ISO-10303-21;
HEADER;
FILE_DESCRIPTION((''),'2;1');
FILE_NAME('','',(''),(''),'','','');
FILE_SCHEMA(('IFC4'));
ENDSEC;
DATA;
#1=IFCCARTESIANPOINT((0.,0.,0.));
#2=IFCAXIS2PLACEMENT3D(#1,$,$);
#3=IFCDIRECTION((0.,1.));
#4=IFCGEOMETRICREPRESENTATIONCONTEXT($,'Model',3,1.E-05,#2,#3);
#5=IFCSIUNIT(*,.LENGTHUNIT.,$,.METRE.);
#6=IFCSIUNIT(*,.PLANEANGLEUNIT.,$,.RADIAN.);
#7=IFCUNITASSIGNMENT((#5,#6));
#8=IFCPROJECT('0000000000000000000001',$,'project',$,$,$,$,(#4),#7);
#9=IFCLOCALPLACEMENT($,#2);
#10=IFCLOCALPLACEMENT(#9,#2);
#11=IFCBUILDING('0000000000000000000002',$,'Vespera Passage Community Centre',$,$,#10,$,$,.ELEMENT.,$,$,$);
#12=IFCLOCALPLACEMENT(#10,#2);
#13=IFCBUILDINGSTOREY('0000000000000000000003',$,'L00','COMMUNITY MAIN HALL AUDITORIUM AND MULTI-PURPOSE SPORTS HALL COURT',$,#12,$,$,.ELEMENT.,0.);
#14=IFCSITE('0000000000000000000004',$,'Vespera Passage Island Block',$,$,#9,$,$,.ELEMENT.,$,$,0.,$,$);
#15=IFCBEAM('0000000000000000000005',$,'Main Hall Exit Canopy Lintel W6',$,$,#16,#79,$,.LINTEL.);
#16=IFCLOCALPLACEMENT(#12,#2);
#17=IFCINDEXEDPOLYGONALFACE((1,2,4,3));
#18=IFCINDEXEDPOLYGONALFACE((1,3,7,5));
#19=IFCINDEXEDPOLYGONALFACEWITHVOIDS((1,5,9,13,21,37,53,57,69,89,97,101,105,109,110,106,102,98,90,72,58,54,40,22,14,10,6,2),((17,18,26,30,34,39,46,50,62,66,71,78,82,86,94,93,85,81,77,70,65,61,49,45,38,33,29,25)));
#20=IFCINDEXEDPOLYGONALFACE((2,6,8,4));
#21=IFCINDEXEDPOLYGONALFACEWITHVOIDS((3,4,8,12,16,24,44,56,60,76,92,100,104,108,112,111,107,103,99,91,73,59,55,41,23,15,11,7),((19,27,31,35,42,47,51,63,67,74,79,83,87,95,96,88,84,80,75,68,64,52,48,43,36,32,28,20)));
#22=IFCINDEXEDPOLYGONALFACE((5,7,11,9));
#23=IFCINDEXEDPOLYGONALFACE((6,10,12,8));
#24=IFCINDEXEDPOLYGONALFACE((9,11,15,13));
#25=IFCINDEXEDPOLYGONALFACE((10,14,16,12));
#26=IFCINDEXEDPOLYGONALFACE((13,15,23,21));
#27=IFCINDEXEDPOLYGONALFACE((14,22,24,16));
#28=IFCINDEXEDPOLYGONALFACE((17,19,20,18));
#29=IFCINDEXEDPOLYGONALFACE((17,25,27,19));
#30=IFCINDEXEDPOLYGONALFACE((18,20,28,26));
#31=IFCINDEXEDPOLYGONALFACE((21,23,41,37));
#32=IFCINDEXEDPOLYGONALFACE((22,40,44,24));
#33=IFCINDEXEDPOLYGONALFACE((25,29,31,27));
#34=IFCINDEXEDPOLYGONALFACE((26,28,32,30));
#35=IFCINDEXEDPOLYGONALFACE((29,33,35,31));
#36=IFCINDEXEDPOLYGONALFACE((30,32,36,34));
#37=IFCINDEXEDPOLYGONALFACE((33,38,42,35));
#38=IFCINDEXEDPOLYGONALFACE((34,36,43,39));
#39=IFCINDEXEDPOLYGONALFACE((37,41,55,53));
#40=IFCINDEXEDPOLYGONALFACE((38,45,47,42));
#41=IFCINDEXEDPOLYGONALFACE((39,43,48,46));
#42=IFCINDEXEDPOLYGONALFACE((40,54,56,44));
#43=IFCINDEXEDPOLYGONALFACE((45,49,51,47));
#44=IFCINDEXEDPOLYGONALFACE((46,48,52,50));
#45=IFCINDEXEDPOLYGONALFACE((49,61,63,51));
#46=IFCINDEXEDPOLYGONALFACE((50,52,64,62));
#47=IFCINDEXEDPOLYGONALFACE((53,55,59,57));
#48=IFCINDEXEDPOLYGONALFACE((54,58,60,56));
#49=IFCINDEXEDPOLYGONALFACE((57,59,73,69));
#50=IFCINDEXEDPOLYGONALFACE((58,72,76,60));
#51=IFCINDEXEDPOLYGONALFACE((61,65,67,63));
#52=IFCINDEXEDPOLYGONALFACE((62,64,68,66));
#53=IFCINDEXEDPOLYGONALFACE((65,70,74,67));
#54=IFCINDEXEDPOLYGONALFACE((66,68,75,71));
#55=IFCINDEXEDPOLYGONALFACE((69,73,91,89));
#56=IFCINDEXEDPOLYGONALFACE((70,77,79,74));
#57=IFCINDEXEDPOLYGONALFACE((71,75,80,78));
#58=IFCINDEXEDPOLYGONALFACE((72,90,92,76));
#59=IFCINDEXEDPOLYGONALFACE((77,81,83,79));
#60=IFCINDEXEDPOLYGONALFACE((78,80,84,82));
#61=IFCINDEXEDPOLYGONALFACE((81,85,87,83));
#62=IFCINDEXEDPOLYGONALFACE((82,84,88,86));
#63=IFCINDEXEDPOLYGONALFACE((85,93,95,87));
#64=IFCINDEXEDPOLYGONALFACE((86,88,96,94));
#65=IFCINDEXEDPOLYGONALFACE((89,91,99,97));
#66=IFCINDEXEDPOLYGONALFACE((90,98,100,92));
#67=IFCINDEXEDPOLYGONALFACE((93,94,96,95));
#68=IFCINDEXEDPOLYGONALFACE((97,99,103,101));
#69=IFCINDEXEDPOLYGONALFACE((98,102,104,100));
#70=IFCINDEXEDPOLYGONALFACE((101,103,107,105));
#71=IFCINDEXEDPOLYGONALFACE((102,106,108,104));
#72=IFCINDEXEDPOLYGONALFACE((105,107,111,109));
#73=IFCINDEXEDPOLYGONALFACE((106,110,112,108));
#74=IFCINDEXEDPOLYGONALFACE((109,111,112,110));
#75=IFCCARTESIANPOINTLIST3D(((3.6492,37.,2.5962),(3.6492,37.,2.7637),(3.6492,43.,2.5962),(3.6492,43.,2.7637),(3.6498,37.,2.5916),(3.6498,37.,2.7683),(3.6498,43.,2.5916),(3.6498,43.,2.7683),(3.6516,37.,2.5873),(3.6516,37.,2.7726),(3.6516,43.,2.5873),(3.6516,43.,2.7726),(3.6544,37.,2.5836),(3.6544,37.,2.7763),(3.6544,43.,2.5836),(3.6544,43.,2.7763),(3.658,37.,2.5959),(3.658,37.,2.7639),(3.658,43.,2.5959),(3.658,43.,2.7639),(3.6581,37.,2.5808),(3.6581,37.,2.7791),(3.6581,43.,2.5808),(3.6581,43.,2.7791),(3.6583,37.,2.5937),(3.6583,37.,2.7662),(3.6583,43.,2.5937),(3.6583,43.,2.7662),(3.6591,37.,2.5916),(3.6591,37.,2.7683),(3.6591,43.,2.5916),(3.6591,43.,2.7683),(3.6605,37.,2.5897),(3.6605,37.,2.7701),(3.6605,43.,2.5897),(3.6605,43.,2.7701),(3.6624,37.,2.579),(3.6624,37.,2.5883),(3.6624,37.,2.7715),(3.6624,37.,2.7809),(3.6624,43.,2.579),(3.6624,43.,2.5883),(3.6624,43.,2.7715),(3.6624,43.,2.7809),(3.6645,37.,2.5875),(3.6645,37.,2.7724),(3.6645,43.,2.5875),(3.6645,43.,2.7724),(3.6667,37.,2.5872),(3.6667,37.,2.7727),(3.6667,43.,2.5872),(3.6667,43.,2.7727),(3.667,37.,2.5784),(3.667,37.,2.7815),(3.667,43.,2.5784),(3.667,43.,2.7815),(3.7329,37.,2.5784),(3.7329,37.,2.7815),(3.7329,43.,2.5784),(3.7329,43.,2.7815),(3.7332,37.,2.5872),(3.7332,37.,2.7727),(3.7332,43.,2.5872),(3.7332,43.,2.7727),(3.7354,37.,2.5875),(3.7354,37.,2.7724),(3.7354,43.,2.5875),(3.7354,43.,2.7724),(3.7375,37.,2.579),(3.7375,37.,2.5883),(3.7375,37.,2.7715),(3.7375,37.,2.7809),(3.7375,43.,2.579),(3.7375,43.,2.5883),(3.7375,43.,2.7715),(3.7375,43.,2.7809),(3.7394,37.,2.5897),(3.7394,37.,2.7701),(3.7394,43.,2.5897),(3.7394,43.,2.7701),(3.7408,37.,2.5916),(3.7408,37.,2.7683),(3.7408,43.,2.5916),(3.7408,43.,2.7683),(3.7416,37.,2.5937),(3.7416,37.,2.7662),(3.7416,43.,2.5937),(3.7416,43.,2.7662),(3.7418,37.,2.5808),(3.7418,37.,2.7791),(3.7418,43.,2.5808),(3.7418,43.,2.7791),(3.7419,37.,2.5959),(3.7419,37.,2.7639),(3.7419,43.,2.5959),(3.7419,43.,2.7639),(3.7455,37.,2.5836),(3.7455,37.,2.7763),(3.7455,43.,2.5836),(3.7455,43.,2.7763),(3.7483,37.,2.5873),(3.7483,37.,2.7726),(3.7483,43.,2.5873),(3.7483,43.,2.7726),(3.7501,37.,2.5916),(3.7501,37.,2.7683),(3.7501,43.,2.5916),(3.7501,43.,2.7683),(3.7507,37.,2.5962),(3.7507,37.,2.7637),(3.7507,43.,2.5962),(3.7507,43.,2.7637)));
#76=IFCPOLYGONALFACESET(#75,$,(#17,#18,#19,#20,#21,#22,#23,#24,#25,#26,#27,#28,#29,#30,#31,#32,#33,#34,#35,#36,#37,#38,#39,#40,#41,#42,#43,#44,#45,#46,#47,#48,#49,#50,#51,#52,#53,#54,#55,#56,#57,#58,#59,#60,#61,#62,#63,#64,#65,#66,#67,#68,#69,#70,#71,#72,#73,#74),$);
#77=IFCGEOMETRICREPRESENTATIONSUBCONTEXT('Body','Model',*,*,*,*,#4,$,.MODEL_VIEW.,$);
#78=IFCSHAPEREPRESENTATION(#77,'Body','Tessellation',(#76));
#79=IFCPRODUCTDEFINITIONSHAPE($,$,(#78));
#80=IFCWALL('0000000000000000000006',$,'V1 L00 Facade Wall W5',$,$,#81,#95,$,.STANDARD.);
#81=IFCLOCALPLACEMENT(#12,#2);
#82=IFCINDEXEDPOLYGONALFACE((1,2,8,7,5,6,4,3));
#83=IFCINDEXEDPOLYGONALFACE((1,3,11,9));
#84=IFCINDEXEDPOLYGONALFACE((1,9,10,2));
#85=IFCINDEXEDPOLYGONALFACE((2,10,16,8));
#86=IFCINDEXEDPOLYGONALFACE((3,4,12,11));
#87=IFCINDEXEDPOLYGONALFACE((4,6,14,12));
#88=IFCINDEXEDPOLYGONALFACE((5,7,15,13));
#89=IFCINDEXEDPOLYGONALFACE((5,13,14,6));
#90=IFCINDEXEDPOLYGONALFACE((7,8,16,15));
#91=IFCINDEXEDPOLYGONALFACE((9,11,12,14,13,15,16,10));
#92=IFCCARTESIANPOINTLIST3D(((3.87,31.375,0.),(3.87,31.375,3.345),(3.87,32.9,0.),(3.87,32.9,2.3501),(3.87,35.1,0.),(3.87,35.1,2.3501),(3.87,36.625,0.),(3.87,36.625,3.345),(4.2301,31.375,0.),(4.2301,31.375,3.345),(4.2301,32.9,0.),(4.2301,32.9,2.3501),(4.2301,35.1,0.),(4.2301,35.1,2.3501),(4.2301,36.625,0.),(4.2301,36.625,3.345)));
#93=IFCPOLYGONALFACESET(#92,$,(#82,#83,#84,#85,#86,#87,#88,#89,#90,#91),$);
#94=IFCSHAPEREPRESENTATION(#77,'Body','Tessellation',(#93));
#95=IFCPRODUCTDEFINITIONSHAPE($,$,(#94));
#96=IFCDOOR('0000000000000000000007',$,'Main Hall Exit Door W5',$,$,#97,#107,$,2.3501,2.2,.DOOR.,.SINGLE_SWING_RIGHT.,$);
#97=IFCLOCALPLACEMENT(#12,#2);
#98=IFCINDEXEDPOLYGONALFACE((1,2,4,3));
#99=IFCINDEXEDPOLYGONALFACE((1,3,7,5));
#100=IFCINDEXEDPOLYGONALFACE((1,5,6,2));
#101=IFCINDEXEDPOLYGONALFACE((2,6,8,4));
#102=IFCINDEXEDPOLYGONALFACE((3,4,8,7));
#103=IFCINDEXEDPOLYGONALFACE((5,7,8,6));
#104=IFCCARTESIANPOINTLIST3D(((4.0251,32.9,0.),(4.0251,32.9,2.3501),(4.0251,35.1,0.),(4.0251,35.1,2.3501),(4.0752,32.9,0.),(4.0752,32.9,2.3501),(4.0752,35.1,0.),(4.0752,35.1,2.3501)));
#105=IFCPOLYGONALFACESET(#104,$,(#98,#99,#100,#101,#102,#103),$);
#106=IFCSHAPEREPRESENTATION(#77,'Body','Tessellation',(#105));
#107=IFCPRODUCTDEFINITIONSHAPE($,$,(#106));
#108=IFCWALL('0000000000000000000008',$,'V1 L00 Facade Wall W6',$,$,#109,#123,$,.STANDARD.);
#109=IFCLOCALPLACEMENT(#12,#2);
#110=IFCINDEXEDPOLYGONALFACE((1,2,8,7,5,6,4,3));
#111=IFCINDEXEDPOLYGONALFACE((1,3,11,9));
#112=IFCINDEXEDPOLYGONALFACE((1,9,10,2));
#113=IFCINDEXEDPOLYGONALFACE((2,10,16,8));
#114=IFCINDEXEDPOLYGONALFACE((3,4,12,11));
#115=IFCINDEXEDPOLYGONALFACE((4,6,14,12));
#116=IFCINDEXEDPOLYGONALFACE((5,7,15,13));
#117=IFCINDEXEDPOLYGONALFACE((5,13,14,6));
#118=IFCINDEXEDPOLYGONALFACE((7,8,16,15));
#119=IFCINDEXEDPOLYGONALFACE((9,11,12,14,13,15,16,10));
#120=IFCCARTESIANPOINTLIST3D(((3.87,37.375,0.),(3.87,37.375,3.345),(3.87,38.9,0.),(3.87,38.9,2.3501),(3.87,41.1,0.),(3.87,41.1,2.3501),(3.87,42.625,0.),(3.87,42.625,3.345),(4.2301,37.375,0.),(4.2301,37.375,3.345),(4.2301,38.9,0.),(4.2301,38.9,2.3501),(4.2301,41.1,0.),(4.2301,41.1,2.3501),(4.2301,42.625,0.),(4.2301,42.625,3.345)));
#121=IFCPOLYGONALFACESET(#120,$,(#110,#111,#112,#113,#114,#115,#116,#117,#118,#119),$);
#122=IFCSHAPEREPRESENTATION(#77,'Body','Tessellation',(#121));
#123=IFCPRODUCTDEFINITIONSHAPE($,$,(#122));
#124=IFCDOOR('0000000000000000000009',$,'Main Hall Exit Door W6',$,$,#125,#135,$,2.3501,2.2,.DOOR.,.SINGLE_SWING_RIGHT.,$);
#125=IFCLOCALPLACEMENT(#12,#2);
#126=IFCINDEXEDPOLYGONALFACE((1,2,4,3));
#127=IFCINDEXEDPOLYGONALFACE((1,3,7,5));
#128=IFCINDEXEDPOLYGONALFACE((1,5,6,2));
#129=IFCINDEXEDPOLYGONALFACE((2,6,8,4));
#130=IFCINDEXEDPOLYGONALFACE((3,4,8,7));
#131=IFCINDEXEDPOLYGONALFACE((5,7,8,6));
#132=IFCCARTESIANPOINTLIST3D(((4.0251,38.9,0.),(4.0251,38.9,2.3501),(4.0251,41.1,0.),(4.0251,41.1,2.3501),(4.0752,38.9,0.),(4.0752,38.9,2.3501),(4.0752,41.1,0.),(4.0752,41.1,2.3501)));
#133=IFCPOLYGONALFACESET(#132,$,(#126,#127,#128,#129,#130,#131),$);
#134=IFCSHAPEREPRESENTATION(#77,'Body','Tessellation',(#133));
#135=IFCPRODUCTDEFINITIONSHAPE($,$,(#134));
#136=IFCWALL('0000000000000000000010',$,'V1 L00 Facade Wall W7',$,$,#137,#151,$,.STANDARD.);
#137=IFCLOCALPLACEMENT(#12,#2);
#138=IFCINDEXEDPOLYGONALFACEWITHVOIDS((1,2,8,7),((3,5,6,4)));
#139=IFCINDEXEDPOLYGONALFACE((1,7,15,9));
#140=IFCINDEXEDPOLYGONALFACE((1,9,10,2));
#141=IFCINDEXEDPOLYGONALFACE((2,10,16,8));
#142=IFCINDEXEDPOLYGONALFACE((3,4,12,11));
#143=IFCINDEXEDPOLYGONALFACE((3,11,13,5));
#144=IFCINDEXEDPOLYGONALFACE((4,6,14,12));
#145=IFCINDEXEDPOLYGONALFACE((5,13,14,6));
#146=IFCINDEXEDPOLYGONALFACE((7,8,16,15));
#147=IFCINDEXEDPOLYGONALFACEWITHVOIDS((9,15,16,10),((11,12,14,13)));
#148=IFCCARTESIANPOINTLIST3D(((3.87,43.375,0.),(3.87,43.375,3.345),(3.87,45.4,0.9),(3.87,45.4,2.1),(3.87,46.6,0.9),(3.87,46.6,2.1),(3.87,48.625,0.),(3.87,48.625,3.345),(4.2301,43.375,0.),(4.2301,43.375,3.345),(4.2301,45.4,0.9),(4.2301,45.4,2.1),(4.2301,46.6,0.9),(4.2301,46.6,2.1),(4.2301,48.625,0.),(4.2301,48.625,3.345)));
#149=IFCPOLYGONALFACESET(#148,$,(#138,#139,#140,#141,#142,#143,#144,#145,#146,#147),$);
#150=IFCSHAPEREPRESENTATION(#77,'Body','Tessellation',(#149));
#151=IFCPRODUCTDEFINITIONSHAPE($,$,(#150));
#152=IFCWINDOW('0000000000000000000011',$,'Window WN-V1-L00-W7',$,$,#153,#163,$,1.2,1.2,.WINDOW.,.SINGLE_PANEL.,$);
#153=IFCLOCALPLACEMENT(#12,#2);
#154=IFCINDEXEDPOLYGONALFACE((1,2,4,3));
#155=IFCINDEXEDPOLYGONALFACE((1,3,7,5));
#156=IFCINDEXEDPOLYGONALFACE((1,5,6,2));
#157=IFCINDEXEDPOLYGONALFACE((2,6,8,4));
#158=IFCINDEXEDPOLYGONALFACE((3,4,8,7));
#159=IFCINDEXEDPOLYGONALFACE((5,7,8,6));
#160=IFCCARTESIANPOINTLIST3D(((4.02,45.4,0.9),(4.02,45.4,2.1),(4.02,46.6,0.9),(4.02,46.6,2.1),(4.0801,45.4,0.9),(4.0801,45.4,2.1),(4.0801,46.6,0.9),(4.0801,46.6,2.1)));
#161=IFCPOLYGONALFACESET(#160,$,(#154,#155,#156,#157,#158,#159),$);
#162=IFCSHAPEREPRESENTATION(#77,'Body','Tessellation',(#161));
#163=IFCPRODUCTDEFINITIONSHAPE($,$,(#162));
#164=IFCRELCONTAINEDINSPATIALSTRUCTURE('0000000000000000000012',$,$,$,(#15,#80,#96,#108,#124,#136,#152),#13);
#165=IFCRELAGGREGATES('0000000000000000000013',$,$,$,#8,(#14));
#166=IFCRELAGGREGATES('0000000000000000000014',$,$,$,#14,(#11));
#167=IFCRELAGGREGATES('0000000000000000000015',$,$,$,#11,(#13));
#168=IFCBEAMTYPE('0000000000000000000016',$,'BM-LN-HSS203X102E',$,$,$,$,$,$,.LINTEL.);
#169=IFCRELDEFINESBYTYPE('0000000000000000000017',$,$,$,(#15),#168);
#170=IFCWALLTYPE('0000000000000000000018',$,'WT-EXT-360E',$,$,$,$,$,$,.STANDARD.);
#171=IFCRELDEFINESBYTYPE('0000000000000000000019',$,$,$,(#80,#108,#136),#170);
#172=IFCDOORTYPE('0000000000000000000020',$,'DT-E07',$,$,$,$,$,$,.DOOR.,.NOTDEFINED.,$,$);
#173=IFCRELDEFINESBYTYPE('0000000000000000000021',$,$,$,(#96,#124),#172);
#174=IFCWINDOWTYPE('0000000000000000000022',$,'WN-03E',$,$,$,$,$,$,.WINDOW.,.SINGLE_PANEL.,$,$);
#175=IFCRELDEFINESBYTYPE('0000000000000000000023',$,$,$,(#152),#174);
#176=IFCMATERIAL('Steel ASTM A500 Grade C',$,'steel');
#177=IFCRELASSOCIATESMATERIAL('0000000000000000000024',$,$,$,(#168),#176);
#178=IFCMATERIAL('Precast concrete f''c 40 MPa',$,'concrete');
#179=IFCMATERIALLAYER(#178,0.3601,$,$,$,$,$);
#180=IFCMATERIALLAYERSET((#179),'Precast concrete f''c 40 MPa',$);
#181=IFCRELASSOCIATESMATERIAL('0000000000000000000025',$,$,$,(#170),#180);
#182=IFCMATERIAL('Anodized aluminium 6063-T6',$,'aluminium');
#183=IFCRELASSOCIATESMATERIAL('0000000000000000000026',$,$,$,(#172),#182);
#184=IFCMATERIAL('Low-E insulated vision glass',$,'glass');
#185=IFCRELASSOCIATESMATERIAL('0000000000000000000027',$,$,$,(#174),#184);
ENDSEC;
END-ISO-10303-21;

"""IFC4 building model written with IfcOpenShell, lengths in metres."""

from ifc_helpers import new_model, si_unit, direction, frame, frame_2d, origin, origin_2d, place, context, subcontext, project, spatial, rectangle, hollow_rectangle, extrude, material, layer, layer_set, material_profile, profile_set, type_object, element, fill, save


model = new_model("IFC4")

# Units and contexts
model_context = context("Model", 3, precision=1e-05, world=origin(), true_north=direction((0.0, 1.0)))
body_context = subcontext(model_context, "Body", "Model", "MODEL_VIEW")
ifc_project = project(units=[si_unit("LENGTHUNIT", "METRE"), si_unit("PLANEANGLEUNIT", "RADIAN")], contexts=[model_context])

# Site, building, storey
site_placement = place(None, origin())
site = spatial("IfcSite", under=ifc_project, at=site_placement, Name="Vespera Passage Island Block", CompositionType="ELEMENT", RefElevation=0.0)
building_placement = place(site_placement, origin())
building = spatial("IfcBuilding", under=site, at=building_placement, Name="Vespera Passage Community Centre", CompositionType="ELEMENT")
storey_placement = place(building_placement, origin())
storey = spatial("IfcBuildingStorey", under=building, at=storey_placement, Name="L00", Description="COMMUNITY MAIN HALL AUDITORIUM AND MULTI-PURPOSE SPORTS HALL COURT", CompositionType="ELEMENT", Elevation=0.0)

# Beam
ifc_material_1 = material(Name="Steel ASTM A500 Grade C", Category="steel")
ifc_material_profile_1 = material_profile(ifc_material_1, hollow_rectangle(XDim=0.1016, YDim=0.2031, WallThickness=0.0088, InnerFilletRadius=0.0088, OuterFilletRadius=0.0178, at=origin_2d()), Name="HSS203X102X9.5")
ifc_profile_set_1 = profile_set([ifc_material_profile_1], Name="Steel ASTM A500 Grade C")
beam_type_1 = type_object("IfcBeamType", Name="BM-LN-HSS203X102E", PredefinedType="LINTEL", material=ifc_profile_set_1)
beam_1_placement = place(storey_placement, frame((3.7, 37.0, 2.6799), z_axis=(0.0, 1.0, 0.0), x_axis=(-1.0, 0.0, 0.0)))
element("IfcBeam", 1, at=beam_1_placement, inside=storey, type_object=beam_type_1, Name="Main Hall Exit Canopy Lintel W6", PredefinedType="LINTEL", context=body_context, shape_type="SweptSolid", body=[
    extrude(hollow_rectangle(XDim=0.1016, YDim=0.2031, WallThickness=0.0088, InnerFilletRadius=0.0088, OuterFilletRadius=0.0178, at=origin_2d()), origin(), (0.0, 0.0, 1.0), 6.0),
])

# Walls, openings, doors
ifc_material_2 = material(Name="Precast concrete f'c 40 MPa", Category="concrete")
ifc_layer_1 = layer(ifc_material_2, 0.3601)
ifc_layer_set_1 = layer_set([ifc_layer_1], Name="Precast concrete f'c 40 MPa")
wall_type_1 = type_object("IfcWallType", Name="WT-EXT-360E", PredefinedType="STANDARD", material=ifc_layer_set_1)
wall_1_placement = place(storey_placement, frame((4.05, 31.375, 0.0), z_axis=(0.0, 0.0, 1.0), x_axis=(0.0, 1.0, 0.0)))
wall_1 = element("IfcWall", 2, at=wall_1_placement, inside=storey, type_object=wall_type_1, Name="V1 L00 Facade Wall W5", PredefinedType="STANDARD", context=body_context, shape_type="SweptSolid", body=[
    extrude(rectangle(XDim=5.25, YDim=0.3601, at=frame_2d((2.625, 0.0))), origin(), (0.0, 0.0, 1.0), 3.345),
])
opening_1_placement = place(wall_1_placement, frame((1.5249, 0.0, 0.0)))
opening_1 = element("IfcOpeningElement", 3, at=opening_1_placement, cuts=wall_1, PredefinedType="OPENING", context=body_context, shape_type="SweptSolid", body=[
    extrude(rectangle(XDim=2.2, YDim=2.3501, at=frame_2d((1.1001, 1.175))), frame((0.0, 0.1902, 0.0), z_axis=(0.0, -1.0, 0.0), x_axis=(1.0, 0.0, 0.0)), (0.0, 0.0, 1.0), 0.3801),
])
ifc_material_3 = material(Name="Anodized aluminium 6063-T6", Category="aluminium")
door_type_1 = type_object("IfcDoorType", Name="DT-E07", OperationType="NOTDEFINED", PredefinedType="DOOR", material=ifc_material_3)
door_1_placement = place(opening_1_placement, origin())
door_1 = element("IfcDoor", 4, at=door_1_placement, inside=storey, type_object=door_type_1, Name="Main Hall Exit Door W5", OperationType="SINGLE_SWING_RIGHT", OverallHeight=2.3501, OverallWidth=2.2, PredefinedType="DOOR", context=body_context, shape_type="SweptSolid", body=[
    extrude(rectangle(XDim=2.2, YDim=2.3501, at=frame_2d((1.1001, 1.175))), frame((0.0, 0.0249, 0.0), z_axis=(0.0, -1.0, 0.0), x_axis=(1.0, 0.0, 0.0)), (0.0, 0.0, 1.0), 0.05),
])
fill(opening_1, door_1)
wall_2_placement = place(storey_placement, frame((4.05, 37.375, 0.0), z_axis=(0.0, 0.0, 1.0), x_axis=(0.0, 1.0, 0.0)))
wall_2 = element("IfcWall", 5, at=wall_2_placement, inside=storey, type_object=wall_type_1, Name="V1 L00 Facade Wall W6", PredefinedType="STANDARD", context=body_context, shape_type="SweptSolid", body=[
    extrude(rectangle(XDim=5.25, YDim=0.3601, at=frame_2d((2.625, 0.0))), origin(), (0.0, 0.0, 1.0), 3.345),
])
opening_2_placement = place(wall_2_placement, frame((1.5249, 0.0, 0.0)))
opening_2 = element("IfcOpeningElement", 6, at=opening_2_placement, cuts=wall_2, PredefinedType="OPENING", context=body_context, shape_type="SweptSolid", body=[
    extrude(rectangle(XDim=2.2, YDim=2.3501, at=frame_2d((1.1001, 1.175))), frame((0.0, 0.1902, 0.0), z_axis=(0.0, -1.0, 0.0), x_axis=(1.0, 0.0, 0.0)), (0.0, 0.0, 1.0), 0.3801),
])
door_2_placement = place(opening_2_placement, origin())
door_2 = element("IfcDoor", 7, at=door_2_placement, inside=storey, type_object=door_type_1, Name="Main Hall Exit Door W6", OperationType="SINGLE_SWING_RIGHT", OverallHeight=2.3501, OverallWidth=2.2, PredefinedType="DOOR", context=body_context, shape_type="SweptSolid", body=[
    extrude(rectangle(XDim=2.2, YDim=2.3501, at=frame_2d((1.1001, 1.175))), frame((0.0, 0.0249, 0.0), z_axis=(0.0, -1.0, 0.0), x_axis=(1.0, 0.0, 0.0)), (0.0, 0.0, 1.0), 0.05),
])
fill(opening_2, door_2)

# Wall, opening, window
wall_3_placement = place(storey_placement, frame((4.05, 43.375, 0.0), z_axis=(0.0, 0.0, 1.0), x_axis=(0.0, 1.0, 0.0)))
wall_3 = element("IfcWall", 8, at=wall_3_placement, inside=storey, type_object=wall_type_1, Name="V1 L00 Facade Wall W7", PredefinedType="STANDARD", context=body_context, shape_type="SweptSolid", body=[
    extrude(rectangle(XDim=5.25, YDim=0.3601, at=frame_2d((2.625, 0.0))), origin(), (0.0, 0.0, 1.0), 3.345),
])
opening_3_placement = place(wall_3_placement, frame((2.0249, 0.0, 0.8999)))
opening_3 = element("IfcOpeningElement", 9, at=opening_3_placement, cuts=wall_3, PredefinedType="OPENING", context=body_context, shape_type="SweptSolid", body=[
    extrude(rectangle(XDim=1.2, YDim=1.2, at=frame_2d((0.6001, 0.6001))), frame((0.0, 0.1902, 0.0), z_axis=(0.0, -1.0, 0.0), x_axis=(1.0, 0.0, 0.0)), (0.0, 0.0, 1.0), 0.3801),
])
ifc_material_4 = material(Name="Low-E insulated vision glass", Category="glass")
window_type = type_object("IfcWindowType", Name="WN-03E", PartitioningType="SINGLE_PANEL", PredefinedType="WINDOW", material=ifc_material_4)
window_placement = place(opening_3_placement, origin())
window = element("IfcWindow", 10, at=window_placement, inside=storey, type_object=window_type, Name="Window WN-V1-L00-W7", OverallHeight=1.2, OverallWidth=1.2, PartitioningType="SINGLE_PANEL", PredefinedType="WINDOW", context=body_context, shape_type="SweptSolid", body=[
    extrude(rectangle(XDim=1.2, YDim=1.2, at=frame_2d((0.6001, 0.6001))), frame((0.0, 0.03, 0.0), z_axis=(0.0, -1.0, 0.0), x_axis=(1.0, 0.0, 0.0)), (0.0, 0.0, 1.0), 0.0601),
])
fill(opening_3, window)

save(model, "model.ifc")
